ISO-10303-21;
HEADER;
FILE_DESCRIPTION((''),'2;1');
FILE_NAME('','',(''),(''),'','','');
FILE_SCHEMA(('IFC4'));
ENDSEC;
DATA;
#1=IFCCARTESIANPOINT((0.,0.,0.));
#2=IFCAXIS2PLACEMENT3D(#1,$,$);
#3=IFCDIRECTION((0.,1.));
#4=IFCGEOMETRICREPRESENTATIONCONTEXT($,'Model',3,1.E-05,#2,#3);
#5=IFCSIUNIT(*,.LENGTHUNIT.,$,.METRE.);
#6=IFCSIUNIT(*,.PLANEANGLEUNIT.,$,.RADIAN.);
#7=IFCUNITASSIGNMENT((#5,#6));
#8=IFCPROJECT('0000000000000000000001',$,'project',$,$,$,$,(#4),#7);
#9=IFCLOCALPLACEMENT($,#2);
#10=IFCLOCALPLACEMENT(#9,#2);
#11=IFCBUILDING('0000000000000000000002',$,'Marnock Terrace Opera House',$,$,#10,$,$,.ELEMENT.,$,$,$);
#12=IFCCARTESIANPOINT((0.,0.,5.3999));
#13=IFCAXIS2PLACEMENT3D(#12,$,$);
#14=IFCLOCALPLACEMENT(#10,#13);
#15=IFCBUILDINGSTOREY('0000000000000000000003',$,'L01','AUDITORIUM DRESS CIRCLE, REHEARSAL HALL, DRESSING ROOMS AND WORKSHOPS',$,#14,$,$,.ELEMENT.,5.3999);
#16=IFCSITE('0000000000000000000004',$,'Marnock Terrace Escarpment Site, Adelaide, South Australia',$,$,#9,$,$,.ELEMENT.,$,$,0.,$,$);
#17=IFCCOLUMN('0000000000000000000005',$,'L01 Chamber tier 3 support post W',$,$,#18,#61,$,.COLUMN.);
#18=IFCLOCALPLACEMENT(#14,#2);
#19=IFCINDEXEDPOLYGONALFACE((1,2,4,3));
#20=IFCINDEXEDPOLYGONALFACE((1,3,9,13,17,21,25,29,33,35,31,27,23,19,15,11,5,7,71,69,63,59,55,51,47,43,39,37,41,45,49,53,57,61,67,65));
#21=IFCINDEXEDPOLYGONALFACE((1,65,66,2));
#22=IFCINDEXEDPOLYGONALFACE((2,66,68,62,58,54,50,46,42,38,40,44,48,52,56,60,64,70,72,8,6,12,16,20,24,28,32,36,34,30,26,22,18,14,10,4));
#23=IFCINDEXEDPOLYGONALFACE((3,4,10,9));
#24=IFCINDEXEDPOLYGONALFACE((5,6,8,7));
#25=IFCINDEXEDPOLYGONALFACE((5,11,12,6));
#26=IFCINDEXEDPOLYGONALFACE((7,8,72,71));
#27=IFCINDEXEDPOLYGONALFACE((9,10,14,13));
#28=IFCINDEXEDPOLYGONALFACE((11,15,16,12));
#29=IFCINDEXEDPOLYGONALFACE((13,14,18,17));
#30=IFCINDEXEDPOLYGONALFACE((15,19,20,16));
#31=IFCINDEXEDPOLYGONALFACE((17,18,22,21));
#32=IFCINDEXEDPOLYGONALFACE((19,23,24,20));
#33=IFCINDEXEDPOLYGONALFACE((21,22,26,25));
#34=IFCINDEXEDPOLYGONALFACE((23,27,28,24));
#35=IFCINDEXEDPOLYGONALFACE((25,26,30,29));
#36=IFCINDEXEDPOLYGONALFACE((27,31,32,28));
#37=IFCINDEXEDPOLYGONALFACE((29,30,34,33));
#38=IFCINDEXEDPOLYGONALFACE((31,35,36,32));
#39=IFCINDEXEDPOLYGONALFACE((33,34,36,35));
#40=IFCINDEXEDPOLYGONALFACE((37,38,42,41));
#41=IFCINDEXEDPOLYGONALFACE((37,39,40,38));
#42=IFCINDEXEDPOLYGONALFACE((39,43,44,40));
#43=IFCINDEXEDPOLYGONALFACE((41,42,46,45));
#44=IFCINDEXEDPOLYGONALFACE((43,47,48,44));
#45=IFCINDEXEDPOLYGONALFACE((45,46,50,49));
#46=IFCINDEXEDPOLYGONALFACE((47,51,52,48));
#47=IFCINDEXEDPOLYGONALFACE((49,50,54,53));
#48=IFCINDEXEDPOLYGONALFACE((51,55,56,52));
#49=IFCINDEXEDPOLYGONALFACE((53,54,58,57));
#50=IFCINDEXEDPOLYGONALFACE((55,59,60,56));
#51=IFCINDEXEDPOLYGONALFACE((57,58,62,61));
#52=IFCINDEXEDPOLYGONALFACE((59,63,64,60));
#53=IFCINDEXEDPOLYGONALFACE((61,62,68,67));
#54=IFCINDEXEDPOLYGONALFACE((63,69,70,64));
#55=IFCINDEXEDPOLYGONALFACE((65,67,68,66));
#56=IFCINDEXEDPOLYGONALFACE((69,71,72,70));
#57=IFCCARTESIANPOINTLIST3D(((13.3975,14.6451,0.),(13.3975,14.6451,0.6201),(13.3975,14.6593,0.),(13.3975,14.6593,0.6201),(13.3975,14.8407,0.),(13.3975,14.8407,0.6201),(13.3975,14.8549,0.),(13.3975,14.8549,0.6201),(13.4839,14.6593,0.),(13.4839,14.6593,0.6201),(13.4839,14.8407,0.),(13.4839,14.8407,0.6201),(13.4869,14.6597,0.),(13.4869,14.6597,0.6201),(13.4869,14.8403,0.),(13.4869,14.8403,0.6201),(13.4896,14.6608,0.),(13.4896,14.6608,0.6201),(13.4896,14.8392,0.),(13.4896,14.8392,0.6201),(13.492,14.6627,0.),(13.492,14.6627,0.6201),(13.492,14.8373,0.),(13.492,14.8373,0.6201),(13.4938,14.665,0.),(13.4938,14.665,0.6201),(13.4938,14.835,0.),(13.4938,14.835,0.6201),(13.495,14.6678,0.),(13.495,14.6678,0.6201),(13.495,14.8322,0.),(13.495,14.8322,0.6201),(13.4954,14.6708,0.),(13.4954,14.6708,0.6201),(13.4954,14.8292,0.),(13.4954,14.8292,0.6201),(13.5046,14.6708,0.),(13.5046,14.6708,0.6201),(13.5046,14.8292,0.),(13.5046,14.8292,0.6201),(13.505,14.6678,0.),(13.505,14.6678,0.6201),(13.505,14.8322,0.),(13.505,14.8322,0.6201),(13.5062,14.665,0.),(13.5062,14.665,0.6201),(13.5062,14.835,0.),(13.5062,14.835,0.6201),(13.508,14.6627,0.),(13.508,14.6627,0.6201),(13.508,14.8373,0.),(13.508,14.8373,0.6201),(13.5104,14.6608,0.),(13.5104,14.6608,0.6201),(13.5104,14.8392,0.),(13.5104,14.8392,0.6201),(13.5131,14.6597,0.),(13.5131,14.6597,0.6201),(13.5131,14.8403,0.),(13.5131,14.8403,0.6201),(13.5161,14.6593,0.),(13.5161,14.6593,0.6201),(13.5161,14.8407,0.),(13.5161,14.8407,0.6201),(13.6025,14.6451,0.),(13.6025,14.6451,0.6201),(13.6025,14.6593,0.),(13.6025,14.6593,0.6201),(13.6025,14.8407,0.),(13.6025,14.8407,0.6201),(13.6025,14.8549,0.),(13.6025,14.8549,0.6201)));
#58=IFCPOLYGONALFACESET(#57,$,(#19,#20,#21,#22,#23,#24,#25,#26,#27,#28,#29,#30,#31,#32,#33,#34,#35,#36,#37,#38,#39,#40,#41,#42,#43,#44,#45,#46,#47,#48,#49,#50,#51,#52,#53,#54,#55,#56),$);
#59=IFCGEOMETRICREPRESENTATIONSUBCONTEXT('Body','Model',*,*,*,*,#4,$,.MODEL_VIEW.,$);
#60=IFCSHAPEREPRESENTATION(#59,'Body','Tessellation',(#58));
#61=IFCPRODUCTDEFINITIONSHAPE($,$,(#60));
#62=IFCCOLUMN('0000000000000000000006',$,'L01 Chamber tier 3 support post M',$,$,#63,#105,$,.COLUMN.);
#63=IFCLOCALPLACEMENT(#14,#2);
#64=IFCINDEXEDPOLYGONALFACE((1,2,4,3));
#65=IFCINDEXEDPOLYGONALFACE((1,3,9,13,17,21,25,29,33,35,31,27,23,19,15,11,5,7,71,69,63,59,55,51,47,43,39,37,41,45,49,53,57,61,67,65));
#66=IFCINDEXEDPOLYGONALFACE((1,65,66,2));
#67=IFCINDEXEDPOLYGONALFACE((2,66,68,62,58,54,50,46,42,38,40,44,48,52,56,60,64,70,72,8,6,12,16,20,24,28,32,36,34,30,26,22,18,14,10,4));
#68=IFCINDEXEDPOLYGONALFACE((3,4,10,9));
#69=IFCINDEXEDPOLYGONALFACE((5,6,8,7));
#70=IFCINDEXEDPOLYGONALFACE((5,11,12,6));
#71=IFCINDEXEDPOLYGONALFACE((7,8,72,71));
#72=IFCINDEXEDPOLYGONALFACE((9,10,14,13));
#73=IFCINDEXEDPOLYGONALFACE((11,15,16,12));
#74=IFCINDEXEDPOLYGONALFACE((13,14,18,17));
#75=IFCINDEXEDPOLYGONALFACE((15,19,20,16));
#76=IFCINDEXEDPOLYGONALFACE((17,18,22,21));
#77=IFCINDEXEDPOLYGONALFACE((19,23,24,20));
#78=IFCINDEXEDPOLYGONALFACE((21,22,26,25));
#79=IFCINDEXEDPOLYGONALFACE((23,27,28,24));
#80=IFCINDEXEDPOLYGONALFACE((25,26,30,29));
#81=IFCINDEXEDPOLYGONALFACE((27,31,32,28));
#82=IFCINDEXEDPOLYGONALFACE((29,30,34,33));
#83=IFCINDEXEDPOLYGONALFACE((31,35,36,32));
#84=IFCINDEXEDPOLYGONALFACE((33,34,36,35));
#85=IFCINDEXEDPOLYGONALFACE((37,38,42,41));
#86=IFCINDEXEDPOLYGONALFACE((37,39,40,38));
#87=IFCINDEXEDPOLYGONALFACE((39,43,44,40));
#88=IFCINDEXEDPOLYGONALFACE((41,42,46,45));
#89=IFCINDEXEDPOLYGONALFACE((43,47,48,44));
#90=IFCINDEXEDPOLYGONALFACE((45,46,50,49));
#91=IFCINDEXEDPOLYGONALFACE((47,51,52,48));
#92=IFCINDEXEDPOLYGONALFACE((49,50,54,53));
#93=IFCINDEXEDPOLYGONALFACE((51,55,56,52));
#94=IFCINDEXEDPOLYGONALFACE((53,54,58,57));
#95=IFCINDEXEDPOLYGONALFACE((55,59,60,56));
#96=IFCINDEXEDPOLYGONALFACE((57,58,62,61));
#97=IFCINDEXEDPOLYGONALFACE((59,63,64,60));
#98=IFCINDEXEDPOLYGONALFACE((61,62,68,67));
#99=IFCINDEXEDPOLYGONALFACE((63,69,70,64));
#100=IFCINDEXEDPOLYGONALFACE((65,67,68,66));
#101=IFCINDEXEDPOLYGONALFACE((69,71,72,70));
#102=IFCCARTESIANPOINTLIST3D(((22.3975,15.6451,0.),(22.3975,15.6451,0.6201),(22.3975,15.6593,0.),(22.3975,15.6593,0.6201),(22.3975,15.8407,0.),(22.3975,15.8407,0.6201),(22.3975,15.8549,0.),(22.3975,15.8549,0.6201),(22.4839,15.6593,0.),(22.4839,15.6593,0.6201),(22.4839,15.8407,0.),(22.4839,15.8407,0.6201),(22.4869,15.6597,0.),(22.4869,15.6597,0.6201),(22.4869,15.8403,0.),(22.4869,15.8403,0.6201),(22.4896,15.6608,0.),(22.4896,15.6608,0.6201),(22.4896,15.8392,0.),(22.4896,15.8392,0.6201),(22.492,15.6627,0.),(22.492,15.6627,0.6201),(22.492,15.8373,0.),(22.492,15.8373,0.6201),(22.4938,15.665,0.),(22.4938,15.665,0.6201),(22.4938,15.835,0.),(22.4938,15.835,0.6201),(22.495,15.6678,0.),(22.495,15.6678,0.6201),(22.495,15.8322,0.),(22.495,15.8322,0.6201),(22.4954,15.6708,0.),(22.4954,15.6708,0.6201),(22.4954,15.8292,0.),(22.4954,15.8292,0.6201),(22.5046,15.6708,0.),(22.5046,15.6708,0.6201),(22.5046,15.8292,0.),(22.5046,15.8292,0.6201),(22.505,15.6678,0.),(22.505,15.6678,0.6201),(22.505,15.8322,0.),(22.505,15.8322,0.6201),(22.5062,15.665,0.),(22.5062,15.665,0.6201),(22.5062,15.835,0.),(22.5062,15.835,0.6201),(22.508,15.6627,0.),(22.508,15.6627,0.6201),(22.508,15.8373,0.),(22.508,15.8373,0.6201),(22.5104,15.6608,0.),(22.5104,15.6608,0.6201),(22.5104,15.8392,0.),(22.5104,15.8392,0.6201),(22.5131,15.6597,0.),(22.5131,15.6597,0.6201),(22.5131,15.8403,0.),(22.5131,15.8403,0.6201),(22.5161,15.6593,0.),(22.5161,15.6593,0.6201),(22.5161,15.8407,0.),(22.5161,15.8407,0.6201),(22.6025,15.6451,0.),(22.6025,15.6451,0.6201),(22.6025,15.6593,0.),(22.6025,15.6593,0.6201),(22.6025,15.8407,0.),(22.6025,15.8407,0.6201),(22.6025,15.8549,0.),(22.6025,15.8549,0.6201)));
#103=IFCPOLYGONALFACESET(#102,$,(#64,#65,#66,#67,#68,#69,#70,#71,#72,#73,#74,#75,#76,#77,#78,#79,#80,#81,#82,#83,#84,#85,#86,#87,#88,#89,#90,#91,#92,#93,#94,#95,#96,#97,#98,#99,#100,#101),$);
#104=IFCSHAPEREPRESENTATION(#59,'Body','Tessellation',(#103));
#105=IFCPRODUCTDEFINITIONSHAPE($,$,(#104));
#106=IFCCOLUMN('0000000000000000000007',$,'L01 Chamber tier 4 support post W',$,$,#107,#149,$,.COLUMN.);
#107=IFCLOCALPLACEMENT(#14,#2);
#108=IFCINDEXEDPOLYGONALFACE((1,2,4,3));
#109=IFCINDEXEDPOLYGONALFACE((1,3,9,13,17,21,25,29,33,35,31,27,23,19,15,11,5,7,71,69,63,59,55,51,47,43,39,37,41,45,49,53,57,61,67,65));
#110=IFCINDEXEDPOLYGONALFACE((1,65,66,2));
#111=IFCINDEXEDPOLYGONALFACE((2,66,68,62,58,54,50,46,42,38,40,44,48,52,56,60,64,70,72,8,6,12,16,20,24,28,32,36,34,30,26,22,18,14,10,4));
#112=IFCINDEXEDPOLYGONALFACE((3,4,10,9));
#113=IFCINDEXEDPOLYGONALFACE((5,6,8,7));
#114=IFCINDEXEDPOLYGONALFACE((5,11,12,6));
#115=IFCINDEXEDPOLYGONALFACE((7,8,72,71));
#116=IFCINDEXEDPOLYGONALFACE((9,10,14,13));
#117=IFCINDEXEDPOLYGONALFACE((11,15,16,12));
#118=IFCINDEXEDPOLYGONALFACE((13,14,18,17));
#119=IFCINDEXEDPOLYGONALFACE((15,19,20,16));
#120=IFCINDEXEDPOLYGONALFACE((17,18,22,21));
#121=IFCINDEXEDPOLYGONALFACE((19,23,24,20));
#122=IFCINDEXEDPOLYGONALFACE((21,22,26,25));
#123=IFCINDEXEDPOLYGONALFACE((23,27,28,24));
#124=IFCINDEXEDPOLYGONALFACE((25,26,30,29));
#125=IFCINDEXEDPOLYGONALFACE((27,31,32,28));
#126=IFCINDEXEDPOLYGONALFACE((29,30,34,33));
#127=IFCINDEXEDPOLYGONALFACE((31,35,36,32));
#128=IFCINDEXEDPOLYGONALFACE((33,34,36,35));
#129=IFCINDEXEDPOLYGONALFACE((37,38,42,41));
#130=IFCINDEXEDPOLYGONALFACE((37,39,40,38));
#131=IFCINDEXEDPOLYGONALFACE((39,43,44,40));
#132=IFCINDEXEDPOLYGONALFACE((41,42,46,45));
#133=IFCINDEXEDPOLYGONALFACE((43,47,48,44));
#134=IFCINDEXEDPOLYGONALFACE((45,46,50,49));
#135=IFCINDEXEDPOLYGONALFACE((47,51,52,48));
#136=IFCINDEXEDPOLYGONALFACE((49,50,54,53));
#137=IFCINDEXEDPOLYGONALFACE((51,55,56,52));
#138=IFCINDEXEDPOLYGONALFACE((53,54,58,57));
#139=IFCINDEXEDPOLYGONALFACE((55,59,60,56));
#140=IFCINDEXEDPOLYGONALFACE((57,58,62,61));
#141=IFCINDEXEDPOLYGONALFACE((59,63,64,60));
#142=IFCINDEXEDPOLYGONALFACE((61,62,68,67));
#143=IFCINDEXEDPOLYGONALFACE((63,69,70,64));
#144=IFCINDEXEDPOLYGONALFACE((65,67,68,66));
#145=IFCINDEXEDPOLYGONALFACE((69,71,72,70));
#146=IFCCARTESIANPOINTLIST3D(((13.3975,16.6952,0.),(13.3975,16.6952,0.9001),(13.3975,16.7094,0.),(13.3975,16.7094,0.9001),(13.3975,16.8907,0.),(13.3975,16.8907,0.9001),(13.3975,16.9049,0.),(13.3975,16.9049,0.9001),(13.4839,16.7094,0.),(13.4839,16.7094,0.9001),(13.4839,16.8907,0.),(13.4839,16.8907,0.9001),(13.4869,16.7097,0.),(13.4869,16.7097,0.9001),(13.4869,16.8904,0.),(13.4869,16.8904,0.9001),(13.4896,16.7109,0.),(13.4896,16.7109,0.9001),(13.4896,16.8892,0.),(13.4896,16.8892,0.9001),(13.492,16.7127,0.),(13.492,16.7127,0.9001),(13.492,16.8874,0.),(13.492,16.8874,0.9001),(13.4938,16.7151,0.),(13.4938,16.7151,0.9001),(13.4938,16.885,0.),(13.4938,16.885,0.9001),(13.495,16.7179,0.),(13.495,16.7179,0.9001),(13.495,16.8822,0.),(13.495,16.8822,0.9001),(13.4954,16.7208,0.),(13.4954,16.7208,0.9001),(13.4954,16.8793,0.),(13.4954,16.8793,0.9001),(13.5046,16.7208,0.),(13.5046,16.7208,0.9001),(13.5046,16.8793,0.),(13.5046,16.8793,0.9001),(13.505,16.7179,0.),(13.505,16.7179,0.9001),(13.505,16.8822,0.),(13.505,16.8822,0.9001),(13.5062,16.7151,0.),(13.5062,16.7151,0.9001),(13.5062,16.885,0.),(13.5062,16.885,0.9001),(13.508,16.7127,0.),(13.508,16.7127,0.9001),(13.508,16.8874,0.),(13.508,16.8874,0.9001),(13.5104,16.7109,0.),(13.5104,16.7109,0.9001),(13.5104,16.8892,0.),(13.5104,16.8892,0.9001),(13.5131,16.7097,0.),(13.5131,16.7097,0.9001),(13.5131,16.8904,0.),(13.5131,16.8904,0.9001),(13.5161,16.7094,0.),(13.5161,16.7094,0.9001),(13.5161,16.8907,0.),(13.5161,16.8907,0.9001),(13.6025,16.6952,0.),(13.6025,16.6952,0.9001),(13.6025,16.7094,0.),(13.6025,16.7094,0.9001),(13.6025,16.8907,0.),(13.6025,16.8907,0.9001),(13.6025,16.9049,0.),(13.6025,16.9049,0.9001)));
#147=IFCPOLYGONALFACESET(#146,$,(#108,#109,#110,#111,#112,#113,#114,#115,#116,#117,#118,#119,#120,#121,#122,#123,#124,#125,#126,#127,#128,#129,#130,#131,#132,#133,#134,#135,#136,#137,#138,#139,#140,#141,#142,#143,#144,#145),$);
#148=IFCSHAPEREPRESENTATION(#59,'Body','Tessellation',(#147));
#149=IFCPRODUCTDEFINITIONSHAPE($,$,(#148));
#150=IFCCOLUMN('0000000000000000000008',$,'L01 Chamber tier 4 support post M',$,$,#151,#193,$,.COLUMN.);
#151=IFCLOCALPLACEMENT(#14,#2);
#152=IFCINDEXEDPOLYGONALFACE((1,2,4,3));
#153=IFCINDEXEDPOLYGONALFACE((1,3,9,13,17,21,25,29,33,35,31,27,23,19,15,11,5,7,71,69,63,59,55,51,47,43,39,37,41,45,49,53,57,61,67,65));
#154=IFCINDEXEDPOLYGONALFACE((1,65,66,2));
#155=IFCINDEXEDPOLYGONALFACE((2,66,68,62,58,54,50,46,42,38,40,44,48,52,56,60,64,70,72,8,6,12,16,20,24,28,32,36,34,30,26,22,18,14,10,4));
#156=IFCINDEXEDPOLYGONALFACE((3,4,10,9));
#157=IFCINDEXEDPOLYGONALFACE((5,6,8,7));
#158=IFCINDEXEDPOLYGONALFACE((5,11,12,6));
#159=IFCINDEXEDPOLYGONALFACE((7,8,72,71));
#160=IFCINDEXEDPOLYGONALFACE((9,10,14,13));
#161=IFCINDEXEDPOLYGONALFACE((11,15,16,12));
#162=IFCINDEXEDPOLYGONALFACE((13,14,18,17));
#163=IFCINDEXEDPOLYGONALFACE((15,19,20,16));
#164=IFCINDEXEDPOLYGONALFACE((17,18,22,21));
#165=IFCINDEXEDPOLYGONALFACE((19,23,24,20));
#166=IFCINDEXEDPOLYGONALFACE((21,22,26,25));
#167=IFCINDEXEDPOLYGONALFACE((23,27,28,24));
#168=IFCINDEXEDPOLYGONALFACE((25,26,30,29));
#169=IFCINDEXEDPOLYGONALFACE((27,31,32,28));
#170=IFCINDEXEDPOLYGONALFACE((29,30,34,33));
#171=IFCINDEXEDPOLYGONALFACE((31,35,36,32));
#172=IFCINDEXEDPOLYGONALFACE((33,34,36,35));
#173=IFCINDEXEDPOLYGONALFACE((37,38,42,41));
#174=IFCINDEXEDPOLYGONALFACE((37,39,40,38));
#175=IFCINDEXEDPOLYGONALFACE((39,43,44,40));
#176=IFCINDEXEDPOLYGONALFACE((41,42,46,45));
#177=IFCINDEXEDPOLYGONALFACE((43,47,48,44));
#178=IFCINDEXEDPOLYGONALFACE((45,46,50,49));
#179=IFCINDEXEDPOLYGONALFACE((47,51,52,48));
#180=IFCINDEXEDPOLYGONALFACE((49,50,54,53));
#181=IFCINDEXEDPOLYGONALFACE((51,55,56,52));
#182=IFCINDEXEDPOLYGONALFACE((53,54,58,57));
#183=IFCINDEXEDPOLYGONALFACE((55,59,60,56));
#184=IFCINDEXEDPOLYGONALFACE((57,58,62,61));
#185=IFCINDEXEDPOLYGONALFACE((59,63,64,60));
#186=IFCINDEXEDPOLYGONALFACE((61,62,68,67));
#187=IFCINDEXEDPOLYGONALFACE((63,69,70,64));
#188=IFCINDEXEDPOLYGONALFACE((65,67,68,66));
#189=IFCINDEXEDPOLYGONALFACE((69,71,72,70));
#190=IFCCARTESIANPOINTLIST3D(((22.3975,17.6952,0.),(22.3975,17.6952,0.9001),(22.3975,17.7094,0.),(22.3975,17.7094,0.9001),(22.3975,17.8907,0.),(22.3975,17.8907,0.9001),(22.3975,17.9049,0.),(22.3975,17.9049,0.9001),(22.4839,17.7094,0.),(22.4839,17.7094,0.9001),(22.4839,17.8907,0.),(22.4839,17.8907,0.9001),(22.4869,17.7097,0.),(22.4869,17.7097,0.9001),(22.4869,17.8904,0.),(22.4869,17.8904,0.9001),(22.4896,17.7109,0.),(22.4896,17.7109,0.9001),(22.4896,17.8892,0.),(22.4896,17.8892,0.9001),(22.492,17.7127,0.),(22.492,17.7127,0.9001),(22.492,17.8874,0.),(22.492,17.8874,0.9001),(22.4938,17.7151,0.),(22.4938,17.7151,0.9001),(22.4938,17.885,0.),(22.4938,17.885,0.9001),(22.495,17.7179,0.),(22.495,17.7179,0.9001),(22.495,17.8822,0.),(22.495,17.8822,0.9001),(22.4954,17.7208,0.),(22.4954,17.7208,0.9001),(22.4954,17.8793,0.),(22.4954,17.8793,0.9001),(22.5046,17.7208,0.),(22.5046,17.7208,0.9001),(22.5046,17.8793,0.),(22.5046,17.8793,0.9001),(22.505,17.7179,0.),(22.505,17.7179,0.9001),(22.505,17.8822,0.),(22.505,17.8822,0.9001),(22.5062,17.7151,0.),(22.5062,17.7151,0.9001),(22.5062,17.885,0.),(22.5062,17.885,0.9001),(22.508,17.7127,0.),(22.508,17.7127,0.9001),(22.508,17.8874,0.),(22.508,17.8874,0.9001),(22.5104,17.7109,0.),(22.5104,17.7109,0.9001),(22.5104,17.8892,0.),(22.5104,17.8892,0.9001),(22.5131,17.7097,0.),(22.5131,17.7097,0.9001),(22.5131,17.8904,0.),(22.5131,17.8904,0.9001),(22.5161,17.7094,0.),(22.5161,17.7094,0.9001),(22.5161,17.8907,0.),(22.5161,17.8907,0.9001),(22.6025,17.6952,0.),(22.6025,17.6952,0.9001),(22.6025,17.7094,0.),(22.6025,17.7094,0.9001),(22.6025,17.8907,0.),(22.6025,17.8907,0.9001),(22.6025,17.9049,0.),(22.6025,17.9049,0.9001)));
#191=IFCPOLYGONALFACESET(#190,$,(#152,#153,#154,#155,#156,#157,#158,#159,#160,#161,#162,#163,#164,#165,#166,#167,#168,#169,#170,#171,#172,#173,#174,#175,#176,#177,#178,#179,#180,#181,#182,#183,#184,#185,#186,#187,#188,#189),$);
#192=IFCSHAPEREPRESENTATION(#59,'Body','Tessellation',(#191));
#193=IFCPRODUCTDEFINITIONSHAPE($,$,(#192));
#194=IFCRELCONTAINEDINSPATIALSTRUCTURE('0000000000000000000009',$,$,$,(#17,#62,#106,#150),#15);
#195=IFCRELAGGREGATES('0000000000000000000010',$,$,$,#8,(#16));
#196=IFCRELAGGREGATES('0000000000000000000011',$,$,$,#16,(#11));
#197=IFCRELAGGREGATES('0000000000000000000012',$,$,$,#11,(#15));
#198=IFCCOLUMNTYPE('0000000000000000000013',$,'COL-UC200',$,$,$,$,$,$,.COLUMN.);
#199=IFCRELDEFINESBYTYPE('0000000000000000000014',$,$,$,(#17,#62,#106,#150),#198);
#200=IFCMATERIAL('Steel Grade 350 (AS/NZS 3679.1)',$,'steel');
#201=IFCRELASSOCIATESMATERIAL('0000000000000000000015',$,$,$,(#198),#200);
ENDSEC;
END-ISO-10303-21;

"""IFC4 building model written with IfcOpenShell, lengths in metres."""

from ifc_helpers import new_model, si_unit, direction, frame, origin, origin_2d, place, context, subcontext, project, spatial, i_section, extrude, material, material_profile, profile_set, type_object, element, save


model = new_model("IFC4")

# Units and contexts
model_context = context("Model", 3, precision=1e-05, world=origin(), true_north=direction((0.0, 1.0)))
body_context = subcontext(model_context, "Body", "Model", "MODEL_VIEW")
ifc_project = project(units=[si_unit("LENGTHUNIT", "METRE"), si_unit("PLANEANGLEUNIT", "RADIAN")], contexts=[model_context])

# Site, building, storey
site_placement = place(None, origin())
site = spatial("IfcSite", under=ifc_project, at=site_placement, Name="Marnock Terrace Escarpment Site, Adelaide, South Australia", CompositionType="ELEMENT", RefElevation=0.0)
building_placement = place(site_placement, origin())
building = spatial("IfcBuilding", under=site, at=building_placement, Name="Marnock Terrace Opera House", CompositionType="ELEMENT")
storey_placement = place(building_placement, frame((0.0, 0.0, 5.3999)))
storey = spatial("IfcBuildingStorey", under=building, at=storey_placement, Name="L01", Description="AUDITORIUM DRESS CIRCLE, REHEARSAL HALL, DRESSING ROOMS AND WORKSHOPS", CompositionType="ELEMENT", Elevation=5.3999)

# Columns
ifc_material_1 = material(Name="Steel Grade 350 (AS/NZS 3679.1)", Category="steel")
ifc_material_profile_1 = material_profile(ifc_material_1, i_section(OverallWidth=0.2051, OverallDepth=0.2097, WebThickness=0.0093, FlangeThickness=0.0142, FilletRadius=0.0115, at=origin_2d()))
ifc_profile_set_1 = profile_set([ifc_material_profile_1], Name="Steel Grade 350 (AS/NZS 3679.1)")
column_type_1 = type_object("IfcColumnType", Name="COL-UC200", PredefinedType="COLUMN", material=ifc_profile_set_1)
for number, where, z_axis, x_axis, name in (
    (1, (13.5, 14.75, 0.0), (0.0, 0.0, 1.0), (1.0, 0.0, 0.0), "L01 Chamber tier 3 support post W"),
    (2, (22.5, 15.75, 0.0), (0.0, 0.0, 1.0), (1.0, 0.0, 0.0), "L01 Chamber tier 3 support post M"),
):
    element("IfcColumn", number, at=place(storey_placement, frame(where, z_axis=z_axis, x_axis=x_axis)), inside=storey, type_object=column_type_1, Name=name, PredefinedType="COLUMN", context=body_context, shape_type="SweptSolid", body=[
        extrude(i_section(OverallWidth=0.2051, OverallDepth=0.2097, WebThickness=0.0093, FlangeThickness=0.0142, FilletRadius=0.0115, at=origin_2d()), origin(), (0.0, 0.0, 1.0), 0.6201),
    ])
for number, where, z_axis, x_axis, name in (
    (3, (13.5, 16.8, 0.0), (0.0, 0.0, 1.0), (1.0, 0.0, 0.0), "L01 Chamber tier 4 support post W"),
    (4, (22.5, 17.8, 0.0), (0.0, 0.0, 1.0), (1.0, 0.0, 0.0), "L01 Chamber tier 4 support post M"),
):
    element("IfcColumn", number, at=place(storey_placement, frame(where, z_axis=z_axis, x_axis=x_axis)), inside=storey, type_object=column_type_1, Name=name, PredefinedType="COLUMN", context=body_context, shape_type="SweptSolid", body=[
        extrude(i_section(OverallWidth=0.2051, OverallDepth=0.2097, WebThickness=0.0093, FlangeThickness=0.0142, FilletRadius=0.0115, at=origin_2d()), origin(), (0.0, 0.0, 1.0), 0.9001),
    ])

save(model, "model.ifc")
